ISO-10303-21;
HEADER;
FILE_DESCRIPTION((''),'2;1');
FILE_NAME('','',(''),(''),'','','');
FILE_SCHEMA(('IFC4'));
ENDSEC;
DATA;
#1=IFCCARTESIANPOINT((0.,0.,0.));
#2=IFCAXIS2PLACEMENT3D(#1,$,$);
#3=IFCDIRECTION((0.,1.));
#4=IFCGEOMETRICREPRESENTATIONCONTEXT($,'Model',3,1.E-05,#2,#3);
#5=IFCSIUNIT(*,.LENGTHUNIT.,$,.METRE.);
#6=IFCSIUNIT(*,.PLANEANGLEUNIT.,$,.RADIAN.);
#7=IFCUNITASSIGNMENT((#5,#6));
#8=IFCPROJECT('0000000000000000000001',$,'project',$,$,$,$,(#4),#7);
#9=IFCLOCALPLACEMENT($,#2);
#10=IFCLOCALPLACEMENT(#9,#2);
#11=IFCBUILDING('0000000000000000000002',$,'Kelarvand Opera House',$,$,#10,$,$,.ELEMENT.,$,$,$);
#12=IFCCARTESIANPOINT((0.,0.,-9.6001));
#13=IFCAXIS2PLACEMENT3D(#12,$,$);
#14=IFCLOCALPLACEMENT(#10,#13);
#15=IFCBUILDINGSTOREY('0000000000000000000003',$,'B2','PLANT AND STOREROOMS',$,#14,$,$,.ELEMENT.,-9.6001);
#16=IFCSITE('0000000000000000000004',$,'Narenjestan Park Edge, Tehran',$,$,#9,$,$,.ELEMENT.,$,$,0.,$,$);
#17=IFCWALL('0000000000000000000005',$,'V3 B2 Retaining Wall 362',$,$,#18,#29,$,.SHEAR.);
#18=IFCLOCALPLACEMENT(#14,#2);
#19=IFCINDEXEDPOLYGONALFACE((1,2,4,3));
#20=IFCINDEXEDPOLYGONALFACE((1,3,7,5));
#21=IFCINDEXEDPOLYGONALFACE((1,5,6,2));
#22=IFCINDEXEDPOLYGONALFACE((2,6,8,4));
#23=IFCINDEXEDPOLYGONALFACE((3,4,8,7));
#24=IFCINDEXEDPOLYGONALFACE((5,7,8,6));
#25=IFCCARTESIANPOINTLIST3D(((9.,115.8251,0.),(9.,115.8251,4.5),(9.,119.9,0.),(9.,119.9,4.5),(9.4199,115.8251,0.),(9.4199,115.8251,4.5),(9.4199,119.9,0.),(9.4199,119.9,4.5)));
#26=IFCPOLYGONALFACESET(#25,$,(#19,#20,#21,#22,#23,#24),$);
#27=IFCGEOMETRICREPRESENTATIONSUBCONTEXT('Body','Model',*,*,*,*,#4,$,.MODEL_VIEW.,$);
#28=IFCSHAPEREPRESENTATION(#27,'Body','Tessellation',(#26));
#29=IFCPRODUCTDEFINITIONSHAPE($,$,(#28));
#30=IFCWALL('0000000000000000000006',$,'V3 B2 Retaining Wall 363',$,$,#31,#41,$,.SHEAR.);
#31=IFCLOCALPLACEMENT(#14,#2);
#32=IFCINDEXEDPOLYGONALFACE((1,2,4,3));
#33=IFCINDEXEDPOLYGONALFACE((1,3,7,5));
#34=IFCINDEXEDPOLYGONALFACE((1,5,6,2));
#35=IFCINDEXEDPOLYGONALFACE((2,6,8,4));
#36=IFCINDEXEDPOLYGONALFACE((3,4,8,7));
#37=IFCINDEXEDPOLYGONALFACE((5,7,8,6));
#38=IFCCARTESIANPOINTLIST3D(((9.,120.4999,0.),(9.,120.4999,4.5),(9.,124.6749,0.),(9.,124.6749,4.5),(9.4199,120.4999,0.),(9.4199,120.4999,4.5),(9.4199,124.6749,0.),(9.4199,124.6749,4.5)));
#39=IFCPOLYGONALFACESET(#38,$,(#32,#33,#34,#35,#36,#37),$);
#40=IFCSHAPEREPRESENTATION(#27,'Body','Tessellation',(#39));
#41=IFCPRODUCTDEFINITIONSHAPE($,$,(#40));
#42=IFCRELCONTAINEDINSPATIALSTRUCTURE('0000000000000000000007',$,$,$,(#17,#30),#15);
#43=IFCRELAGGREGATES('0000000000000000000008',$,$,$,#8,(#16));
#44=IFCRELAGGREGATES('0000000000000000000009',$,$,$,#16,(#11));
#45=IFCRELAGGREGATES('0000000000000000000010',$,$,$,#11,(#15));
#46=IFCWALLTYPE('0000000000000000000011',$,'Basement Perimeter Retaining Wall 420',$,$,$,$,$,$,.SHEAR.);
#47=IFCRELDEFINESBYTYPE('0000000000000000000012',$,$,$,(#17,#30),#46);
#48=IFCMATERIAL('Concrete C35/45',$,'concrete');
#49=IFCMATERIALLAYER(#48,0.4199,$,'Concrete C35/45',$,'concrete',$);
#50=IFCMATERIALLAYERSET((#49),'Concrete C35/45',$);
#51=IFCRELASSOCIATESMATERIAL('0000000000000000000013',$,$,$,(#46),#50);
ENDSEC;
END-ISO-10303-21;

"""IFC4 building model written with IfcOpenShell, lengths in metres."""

from ifc_helpers import new_model, si_unit, direction, frame, frame_2d, origin, place, context, subcontext, project, spatial, rectangle, extrude, material, layer, layer_set, type_object, element, save


model = new_model("IFC4")

# Units and contexts
model_context = context("Model", 3, precision=1e-05, world=origin(), true_north=direction((0.0, 1.0)))
body_context = subcontext(model_context, "Body", "Model", "MODEL_VIEW")
ifc_project = project(units=[si_unit("LENGTHUNIT", "METRE"), si_unit("PLANEANGLEUNIT", "RADIAN")], contexts=[model_context])

# Site, building, storey
site_placement = place(None, origin())
site = spatial("IfcSite", under=ifc_project, at=site_placement, Name="Narenjestan Park Edge, Tehran", CompositionType="ELEMENT", RefElevation=0.0)
building_placement = place(site_placement, origin())
building = spatial("IfcBuilding", under=site, at=building_placement, Name="Kelarvand Opera House", CompositionType="ELEMENT")
storey_placement = place(building_placement, frame((0.0, 0.0, -9.6001)))
storey = spatial("IfcBuildingStorey", under=building, at=storey_placement, Name="B2", Description="PLANT AND STOREROOMS", CompositionType="ELEMENT", Elevation=-9.6001)

# Walls
ifc_material_1 = material(Name="Concrete C35/45", Category="concrete")
ifc_layer = layer(ifc_material_1, 0.4199, Name="Concrete C35/45", Category="concrete")
ifc_layer_set = layer_set([ifc_layer], Name="Concrete C35/45")
wall_type = type_object("IfcWallType", Name="Basement Perimeter Retaining Wall 420", PredefinedType="SHEAR", material=ifc_layer_set)
wall_1_placement = place(storey_placement, frame((9.21, 115.825, 0.0), z_axis=(0.0, 0.0, 1.0), x_axis=(0.0, 1.0, 0.0)))
element("IfcWall", 1, at=wall_1_placement, inside=storey, type_object=wall_type, Name="V3 B2 Retaining Wall 362", PredefinedType="SHEAR", context=body_context, shape_type="SweptSolid", body=[
    extrude(rectangle(XDim=4.075, YDim=0.4199, at=frame_2d((2.0376, 0.0))), origin(), (0.0, 0.0, 1.0), 4.5),
])
wall_2_placement = place(storey_placement, frame((9.21, 120.5, 0.0), z_axis=(0.0, 0.0, 1.0), x_axis=(0.0, 1.0, 0.0)))
element("IfcWall", 2, at=wall_2_placement, inside=storey, type_object=wall_type, Name="V3 B2 Retaining Wall 363", PredefinedType="SHEAR", context=body_context, shape_type="SweptSolid", body=[
    extrude(rectangle(XDim=4.175, YDim=0.4199, at=frame_2d((2.0874, 0.0))), origin(), (0.0, 0.0, 1.0), 4.5),
])

save(model, "model.ifc")
